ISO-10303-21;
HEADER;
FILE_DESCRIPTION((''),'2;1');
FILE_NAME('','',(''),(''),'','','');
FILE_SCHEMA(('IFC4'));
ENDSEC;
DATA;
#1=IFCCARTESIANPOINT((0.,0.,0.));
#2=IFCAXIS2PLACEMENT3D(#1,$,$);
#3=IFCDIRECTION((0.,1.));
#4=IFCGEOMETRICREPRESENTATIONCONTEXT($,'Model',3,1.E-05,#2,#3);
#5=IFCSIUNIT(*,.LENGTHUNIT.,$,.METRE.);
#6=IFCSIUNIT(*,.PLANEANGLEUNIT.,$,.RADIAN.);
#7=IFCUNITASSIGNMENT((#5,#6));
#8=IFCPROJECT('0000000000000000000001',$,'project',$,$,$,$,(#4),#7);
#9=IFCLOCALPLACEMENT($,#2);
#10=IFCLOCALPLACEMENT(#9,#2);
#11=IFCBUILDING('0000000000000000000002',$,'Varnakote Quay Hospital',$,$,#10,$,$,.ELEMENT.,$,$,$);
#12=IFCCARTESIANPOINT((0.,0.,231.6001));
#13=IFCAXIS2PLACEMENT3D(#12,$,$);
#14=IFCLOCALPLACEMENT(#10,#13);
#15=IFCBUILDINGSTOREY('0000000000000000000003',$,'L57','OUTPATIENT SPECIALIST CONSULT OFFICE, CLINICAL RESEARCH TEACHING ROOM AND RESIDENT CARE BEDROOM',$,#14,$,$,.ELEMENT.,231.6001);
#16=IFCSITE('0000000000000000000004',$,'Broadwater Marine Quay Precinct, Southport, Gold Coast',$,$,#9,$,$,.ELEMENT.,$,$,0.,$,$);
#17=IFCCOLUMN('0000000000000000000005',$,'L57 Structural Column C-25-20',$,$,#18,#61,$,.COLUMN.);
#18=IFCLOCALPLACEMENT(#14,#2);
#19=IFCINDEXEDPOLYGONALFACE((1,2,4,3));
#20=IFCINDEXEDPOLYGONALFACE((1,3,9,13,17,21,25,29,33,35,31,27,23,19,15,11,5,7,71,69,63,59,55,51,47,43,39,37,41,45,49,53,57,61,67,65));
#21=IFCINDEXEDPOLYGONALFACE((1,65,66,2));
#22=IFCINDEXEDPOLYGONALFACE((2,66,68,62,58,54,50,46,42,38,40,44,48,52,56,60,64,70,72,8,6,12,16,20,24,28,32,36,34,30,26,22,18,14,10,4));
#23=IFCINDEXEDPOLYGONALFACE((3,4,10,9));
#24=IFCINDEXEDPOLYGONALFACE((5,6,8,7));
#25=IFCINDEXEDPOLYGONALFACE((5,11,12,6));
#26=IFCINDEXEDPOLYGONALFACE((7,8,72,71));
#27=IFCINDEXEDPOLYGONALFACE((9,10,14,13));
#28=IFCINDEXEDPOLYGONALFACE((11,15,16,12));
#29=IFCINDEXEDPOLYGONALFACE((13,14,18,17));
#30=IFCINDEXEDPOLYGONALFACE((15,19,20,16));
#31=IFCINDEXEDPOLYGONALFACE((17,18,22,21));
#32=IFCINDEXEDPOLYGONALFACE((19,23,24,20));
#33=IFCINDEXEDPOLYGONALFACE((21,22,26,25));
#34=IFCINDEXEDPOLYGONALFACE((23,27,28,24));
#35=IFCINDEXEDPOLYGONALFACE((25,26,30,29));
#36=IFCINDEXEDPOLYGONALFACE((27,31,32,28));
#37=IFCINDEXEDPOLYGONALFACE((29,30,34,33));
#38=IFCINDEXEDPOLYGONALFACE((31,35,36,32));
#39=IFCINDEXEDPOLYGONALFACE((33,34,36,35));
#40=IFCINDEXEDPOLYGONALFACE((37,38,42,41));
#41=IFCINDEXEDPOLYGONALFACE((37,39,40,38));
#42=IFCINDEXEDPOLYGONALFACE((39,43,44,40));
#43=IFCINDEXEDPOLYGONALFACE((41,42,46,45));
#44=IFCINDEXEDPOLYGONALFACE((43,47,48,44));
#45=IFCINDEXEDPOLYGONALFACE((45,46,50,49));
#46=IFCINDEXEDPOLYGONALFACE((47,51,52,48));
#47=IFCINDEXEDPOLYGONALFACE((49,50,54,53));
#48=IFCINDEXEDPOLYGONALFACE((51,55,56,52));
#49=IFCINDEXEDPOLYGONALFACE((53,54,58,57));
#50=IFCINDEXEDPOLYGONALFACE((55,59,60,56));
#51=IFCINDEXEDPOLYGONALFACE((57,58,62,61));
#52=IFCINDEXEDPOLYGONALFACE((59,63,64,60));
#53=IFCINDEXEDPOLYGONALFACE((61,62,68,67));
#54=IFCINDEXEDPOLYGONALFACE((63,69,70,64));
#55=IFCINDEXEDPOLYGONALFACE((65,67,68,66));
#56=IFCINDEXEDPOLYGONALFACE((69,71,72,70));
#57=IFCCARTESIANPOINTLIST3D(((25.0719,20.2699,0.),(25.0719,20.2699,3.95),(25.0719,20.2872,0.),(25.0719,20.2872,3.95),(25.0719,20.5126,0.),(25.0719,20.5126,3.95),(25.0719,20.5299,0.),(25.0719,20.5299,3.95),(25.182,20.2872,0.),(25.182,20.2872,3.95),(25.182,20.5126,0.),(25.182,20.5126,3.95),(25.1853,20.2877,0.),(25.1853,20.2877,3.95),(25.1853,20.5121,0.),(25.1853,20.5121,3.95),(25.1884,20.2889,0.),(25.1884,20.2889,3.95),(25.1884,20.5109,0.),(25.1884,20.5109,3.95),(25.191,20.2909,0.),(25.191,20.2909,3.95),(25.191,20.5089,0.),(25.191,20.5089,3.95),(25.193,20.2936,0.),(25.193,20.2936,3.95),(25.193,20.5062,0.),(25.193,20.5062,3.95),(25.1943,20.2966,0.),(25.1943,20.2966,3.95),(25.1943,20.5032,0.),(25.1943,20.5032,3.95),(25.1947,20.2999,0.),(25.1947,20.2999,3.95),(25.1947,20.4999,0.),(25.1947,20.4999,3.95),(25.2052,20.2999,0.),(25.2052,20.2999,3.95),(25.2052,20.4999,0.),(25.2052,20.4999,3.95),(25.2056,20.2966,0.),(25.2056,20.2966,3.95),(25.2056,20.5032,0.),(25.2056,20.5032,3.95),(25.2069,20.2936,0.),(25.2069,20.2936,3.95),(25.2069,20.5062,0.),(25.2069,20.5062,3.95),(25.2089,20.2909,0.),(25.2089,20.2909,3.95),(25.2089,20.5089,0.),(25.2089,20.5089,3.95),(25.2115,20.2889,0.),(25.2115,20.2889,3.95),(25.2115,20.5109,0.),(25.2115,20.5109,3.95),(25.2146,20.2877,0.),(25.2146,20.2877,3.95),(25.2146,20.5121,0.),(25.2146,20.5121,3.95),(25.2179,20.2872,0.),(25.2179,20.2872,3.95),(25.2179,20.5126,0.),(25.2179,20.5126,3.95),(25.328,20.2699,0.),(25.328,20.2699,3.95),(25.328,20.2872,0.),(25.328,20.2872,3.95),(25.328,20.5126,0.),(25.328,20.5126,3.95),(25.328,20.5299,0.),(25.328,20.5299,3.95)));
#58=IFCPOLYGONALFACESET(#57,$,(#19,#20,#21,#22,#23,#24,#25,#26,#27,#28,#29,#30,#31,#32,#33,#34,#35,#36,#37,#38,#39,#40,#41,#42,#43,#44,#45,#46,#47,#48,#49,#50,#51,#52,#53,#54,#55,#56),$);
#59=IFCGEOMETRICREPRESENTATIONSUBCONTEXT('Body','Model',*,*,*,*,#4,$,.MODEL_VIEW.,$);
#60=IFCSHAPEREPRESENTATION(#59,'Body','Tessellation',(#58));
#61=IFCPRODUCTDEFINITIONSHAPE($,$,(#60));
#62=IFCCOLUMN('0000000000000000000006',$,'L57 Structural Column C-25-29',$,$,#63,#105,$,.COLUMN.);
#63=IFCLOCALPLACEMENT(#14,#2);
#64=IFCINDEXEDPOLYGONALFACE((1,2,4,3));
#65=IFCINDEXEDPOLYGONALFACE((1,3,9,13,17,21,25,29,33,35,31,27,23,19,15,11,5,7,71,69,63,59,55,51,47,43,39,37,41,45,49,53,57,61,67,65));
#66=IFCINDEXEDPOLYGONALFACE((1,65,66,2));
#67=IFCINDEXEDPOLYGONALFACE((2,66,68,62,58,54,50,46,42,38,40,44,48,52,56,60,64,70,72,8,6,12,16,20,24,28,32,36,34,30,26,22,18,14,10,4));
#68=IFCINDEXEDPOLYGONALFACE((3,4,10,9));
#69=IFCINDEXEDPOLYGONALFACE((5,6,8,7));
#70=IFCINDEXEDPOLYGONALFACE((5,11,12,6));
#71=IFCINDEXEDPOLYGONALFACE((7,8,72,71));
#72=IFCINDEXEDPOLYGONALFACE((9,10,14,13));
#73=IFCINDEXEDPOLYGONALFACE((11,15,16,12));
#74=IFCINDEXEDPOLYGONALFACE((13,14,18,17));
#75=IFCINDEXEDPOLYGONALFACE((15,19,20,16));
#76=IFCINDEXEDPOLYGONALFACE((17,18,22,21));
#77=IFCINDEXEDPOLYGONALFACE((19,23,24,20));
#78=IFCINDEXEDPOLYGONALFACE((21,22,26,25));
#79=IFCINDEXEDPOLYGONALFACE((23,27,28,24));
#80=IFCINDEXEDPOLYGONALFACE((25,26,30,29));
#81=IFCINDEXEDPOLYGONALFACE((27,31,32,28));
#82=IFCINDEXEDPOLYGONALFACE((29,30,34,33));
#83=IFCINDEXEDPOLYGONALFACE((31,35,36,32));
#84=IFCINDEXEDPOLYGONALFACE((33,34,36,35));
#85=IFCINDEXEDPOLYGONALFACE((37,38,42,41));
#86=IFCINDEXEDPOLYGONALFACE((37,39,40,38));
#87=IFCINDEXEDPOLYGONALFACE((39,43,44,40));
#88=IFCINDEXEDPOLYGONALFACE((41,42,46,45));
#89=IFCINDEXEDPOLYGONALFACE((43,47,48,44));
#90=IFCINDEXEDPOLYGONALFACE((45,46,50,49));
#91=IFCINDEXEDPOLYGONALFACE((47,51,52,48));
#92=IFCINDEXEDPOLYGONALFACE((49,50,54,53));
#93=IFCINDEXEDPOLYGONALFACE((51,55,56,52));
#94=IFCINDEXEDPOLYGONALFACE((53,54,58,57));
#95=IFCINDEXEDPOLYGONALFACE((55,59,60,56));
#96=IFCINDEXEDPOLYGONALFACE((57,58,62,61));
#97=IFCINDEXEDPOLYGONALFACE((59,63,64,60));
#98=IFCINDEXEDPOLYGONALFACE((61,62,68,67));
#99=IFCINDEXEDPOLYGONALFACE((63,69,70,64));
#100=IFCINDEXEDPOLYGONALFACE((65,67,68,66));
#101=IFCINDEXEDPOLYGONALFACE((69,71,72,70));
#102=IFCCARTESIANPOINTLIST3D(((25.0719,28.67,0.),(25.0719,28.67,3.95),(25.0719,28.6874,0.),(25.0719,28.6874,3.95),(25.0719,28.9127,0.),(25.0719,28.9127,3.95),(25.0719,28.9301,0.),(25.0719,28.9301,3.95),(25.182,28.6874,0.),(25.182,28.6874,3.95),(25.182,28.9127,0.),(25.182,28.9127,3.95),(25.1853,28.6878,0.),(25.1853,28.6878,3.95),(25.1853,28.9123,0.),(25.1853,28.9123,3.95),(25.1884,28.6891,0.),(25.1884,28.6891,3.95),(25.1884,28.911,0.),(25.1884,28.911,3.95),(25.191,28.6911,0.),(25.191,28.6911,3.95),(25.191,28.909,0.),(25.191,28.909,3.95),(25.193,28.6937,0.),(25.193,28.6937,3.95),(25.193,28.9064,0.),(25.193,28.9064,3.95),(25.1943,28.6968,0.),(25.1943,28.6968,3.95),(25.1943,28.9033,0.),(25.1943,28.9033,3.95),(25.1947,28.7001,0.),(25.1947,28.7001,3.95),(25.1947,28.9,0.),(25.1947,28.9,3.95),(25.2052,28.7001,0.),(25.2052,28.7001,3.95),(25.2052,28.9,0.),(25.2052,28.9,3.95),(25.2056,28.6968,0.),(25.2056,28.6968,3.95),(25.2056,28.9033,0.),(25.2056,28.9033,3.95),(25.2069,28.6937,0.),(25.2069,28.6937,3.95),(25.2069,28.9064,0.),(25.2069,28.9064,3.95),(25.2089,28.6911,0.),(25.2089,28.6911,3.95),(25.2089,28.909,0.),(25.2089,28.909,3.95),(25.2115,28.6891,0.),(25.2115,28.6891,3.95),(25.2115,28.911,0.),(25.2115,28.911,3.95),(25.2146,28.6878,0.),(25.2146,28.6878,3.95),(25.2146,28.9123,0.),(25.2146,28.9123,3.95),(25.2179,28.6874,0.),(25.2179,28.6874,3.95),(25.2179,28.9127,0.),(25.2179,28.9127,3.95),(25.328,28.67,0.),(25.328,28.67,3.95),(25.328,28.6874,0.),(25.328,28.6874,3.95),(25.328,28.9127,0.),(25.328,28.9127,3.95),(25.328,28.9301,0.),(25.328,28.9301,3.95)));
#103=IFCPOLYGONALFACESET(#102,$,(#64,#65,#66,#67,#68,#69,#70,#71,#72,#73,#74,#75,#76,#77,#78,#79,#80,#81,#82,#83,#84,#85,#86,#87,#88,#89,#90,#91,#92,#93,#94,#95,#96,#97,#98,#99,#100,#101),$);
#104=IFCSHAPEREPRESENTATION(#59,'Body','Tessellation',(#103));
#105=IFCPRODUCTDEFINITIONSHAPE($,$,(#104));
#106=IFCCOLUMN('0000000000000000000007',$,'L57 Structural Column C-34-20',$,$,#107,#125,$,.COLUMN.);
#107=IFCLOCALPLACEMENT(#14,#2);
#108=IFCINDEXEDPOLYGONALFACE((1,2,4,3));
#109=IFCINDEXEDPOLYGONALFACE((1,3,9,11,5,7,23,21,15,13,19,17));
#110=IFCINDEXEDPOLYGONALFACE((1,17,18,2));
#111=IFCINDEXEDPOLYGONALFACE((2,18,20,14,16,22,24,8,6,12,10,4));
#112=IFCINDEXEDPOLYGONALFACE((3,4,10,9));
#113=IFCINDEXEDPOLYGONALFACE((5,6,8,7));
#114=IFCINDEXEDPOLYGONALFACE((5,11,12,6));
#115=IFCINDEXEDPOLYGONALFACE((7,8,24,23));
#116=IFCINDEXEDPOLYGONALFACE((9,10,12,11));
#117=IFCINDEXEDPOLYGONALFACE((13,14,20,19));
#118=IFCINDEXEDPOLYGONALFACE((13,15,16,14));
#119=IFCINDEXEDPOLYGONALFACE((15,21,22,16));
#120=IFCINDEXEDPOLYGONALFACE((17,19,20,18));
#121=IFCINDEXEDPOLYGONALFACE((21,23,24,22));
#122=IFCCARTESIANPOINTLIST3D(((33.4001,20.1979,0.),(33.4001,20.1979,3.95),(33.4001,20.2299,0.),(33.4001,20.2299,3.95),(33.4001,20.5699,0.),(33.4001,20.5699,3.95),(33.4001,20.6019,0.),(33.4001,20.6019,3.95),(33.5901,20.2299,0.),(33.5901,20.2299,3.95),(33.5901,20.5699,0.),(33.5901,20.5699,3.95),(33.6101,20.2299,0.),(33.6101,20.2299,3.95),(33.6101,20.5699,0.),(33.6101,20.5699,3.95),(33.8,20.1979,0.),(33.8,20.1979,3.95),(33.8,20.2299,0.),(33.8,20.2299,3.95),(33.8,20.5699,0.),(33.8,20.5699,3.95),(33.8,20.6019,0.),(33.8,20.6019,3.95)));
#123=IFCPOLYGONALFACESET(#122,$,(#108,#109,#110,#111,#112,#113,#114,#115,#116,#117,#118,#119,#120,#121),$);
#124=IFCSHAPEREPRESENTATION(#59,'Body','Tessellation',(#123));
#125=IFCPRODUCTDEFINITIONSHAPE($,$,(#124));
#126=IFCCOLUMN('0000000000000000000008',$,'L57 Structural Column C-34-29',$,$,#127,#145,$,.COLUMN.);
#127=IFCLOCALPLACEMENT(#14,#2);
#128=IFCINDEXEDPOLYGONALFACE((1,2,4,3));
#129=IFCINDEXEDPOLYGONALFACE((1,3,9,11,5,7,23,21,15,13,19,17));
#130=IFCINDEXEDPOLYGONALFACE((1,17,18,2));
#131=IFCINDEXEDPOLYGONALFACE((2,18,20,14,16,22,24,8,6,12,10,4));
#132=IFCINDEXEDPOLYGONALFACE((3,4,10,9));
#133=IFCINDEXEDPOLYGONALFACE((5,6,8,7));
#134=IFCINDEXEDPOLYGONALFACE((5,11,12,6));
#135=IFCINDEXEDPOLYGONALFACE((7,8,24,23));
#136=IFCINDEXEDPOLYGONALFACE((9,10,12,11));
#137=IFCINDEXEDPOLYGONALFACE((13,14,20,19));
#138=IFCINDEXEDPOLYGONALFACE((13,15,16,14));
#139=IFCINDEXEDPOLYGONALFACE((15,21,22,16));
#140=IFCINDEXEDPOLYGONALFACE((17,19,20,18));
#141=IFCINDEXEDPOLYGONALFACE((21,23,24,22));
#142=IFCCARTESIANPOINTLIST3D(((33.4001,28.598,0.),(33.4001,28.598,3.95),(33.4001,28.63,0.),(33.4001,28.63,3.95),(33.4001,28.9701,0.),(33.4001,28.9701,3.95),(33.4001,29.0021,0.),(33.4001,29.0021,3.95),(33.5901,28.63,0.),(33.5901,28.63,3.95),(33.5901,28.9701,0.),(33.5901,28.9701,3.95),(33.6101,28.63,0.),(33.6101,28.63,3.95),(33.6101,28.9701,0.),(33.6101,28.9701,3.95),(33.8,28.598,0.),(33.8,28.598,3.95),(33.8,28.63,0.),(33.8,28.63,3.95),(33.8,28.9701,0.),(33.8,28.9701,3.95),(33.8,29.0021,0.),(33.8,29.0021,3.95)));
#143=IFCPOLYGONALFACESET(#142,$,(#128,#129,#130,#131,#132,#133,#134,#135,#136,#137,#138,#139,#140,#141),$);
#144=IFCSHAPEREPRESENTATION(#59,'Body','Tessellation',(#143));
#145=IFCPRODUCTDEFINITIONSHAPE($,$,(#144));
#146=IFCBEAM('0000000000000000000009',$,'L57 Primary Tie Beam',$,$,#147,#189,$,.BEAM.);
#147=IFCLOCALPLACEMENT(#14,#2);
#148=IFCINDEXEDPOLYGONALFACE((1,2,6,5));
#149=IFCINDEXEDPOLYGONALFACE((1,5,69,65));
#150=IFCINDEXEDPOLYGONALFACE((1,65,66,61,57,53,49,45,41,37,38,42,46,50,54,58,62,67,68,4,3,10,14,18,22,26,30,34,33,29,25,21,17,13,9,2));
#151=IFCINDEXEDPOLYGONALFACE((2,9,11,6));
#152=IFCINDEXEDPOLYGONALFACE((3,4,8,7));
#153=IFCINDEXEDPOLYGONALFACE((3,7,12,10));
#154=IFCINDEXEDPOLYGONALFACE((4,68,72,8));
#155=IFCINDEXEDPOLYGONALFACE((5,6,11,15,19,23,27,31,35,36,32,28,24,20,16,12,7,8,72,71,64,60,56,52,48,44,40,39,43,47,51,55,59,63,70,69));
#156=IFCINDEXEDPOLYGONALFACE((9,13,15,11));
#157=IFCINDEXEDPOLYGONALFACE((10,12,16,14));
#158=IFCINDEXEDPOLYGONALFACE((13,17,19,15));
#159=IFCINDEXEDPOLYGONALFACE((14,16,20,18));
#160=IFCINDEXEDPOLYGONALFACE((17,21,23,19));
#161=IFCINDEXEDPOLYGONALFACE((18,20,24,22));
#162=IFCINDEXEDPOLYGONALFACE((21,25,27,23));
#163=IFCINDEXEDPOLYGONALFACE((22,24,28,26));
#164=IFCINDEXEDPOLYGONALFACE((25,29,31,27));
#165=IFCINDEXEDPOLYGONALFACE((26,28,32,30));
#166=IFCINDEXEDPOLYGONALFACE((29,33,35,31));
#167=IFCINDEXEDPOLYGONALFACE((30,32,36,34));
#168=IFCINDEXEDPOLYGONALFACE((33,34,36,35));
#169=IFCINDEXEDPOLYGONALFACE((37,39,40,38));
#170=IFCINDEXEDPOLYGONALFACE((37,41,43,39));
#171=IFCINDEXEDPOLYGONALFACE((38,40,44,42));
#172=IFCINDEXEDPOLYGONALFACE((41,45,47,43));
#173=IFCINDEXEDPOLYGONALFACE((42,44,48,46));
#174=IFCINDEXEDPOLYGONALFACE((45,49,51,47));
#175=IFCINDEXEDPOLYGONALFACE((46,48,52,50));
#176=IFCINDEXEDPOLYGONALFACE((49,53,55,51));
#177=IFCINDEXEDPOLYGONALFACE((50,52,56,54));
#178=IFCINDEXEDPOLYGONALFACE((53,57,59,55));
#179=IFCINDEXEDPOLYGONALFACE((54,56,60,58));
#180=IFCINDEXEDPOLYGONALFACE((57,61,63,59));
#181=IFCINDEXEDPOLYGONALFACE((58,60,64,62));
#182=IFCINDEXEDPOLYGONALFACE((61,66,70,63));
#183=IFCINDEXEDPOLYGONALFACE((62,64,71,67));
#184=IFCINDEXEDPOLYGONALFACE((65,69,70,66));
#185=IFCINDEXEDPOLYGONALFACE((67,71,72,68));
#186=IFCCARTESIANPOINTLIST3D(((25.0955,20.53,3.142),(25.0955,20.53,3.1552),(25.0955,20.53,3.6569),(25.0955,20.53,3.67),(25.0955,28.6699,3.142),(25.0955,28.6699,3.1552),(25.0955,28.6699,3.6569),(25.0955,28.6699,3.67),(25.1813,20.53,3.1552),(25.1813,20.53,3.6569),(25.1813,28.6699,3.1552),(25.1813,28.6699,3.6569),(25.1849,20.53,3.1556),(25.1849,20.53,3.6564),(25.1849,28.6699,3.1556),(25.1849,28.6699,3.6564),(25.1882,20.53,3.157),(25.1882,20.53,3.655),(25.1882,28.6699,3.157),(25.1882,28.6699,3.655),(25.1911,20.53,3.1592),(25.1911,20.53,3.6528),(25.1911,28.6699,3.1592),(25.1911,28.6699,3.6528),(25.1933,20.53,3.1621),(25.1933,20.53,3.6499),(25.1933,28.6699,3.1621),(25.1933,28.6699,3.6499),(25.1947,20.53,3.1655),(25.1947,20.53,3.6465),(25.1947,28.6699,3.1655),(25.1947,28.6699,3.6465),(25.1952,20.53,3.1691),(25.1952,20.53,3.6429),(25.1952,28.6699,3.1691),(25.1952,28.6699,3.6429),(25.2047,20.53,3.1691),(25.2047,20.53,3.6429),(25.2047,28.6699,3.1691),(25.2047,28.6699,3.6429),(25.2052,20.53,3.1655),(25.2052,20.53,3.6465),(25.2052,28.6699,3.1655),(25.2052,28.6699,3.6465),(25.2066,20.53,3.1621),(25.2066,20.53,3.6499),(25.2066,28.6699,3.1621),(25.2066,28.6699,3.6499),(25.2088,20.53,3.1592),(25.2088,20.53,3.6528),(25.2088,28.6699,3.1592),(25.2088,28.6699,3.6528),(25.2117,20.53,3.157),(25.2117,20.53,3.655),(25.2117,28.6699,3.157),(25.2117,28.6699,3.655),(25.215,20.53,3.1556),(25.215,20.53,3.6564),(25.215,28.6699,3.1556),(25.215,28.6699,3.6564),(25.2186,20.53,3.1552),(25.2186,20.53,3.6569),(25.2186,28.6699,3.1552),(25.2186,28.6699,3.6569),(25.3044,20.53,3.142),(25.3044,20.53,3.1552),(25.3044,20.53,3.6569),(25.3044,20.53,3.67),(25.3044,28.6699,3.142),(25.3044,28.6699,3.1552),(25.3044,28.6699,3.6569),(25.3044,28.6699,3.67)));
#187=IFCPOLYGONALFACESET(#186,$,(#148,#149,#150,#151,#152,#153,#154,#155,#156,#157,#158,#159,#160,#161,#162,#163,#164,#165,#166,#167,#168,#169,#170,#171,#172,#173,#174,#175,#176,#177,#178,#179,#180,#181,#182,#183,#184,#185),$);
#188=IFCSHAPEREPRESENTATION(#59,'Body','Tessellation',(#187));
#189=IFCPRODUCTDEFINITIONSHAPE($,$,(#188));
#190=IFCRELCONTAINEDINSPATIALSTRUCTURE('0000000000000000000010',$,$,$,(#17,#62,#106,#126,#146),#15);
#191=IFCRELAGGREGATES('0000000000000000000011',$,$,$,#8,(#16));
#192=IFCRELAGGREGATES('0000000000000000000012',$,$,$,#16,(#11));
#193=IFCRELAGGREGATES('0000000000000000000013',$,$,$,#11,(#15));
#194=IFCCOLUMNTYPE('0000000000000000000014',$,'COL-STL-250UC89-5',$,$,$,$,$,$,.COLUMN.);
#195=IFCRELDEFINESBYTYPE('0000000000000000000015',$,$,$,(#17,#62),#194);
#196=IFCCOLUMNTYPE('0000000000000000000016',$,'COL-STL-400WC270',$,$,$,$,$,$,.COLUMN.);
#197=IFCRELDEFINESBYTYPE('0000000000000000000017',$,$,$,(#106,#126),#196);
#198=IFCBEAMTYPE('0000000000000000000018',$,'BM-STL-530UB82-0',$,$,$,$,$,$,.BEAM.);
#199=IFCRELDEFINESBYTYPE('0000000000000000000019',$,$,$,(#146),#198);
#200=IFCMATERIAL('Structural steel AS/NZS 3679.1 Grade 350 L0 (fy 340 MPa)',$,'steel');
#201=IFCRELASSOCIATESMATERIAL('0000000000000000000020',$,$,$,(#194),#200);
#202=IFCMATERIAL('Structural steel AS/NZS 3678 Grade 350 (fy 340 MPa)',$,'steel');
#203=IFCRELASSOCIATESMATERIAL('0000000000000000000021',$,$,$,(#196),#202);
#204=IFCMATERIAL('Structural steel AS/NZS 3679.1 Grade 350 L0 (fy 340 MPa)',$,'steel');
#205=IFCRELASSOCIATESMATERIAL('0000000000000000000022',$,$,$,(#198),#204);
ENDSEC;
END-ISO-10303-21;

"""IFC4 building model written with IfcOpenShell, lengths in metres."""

from ifc_helpers import new_model, si_unit, direction, frame, origin, origin_2d, place, context, subcontext, project, spatial, i_section, extrude, material, material_profile, profile_set, type_object, element, save


model = new_model("IFC4")

# Units and contexts
model_context = context("Model", 3, precision=1e-05, world=origin(), true_north=direction((0.0, 1.0)))
body_context = subcontext(model_context, "Body", "Model", "MODEL_VIEW")
ifc_project = project(units=[si_unit("LENGTHUNIT", "METRE"), si_unit("PLANEANGLEUNIT", "RADIAN")], contexts=[model_context])

# Site, building, storey
site_placement = place(None, origin())
site = spatial("IfcSite", under=ifc_project, at=site_placement, Name="Broadwater Marine Quay Precinct, Southport, Gold Coast", CompositionType="ELEMENT", RefElevation=0.0)
building_placement = place(site_placement, origin())
building = spatial("IfcBuilding", under=site, at=building_placement, Name="Varnakote Quay Hospital", CompositionType="ELEMENT")
storey_placement = place(building_placement, frame((0.0, 0.0, 231.6001)))
storey = spatial("IfcBuildingStorey", under=building, at=storey_placement, Name="L57", Description="OUTPATIENT SPECIALIST CONSULT OFFICE, CLINICAL RESEARCH TEACHING ROOM AND RESIDENT CARE BEDROOM", CompositionType="ELEMENT", Elevation=231.6001)

# Columns
ifc_material_1 = material(Name="Structural steel AS/NZS 3679.1 Grade 350 L0 (fy 340 MPa)", Category="steel")
ifc_material_profile_1 = material_profile(ifc_material_1, i_section(OverallWidth=0.2561, OverallDepth=0.26, WebThickness=0.0105, FlangeThickness=0.0173, FilletRadius=0.0127, at=origin_2d()), Name="250UC89.5")
ifc_profile_set_1 = profile_set([ifc_material_profile_1], Name="Structural steel AS/NZS 3679.1 Grade 350 L0 (fy 340 MPa)")
column_type_1 = type_object("IfcColumnType", Name="COL-STL-250UC89-5", PredefinedType="COLUMN", material=ifc_profile_set_1)
for number, where, z_axis, x_axis, name in (
    (1, (25.2, 20.3999, 0.0), (0.0, 0.0, 1.0), (1.0, 0.0, 0.0), "L57 Structural Column C-25-20"),
    (2, (25.2, 28.8, 0.0), (0.0, 0.0, 1.0), (1.0, 0.0, 0.0), "L57 Structural Column C-25-29"),
):
    element("IfcColumn", number, at=place(storey_placement, frame(where, z_axis=z_axis, x_axis=x_axis)), inside=storey, type_object=column_type_1, Name=name, PredefinedType="COLUMN", context=body_context, shape_type="SweptSolid", body=[
        extrude(i_section(OverallWidth=0.2561, OverallDepth=0.26, WebThickness=0.0105, FlangeThickness=0.0173, FilletRadius=0.0127, at=origin_2d()), origin(), (0.0, 0.0, 1.0), 3.95),
    ])
ifc_material_2 = material(Name="Structural steel AS/NZS 3678 Grade 350 (fy 340 MPa)", Category="steel")
ifc_material_profile_2 = material_profile(ifc_material_2, i_section(OverallWidth=0.3999, OverallDepth=0.4041, WebThickness=0.02, FlangeThickness=0.032, at=origin_2d()), Name="400WC270")
ifc_profile_set_2 = profile_set([ifc_material_profile_2], Name="Structural steel AS/NZS 3678 Grade 350 (fy 340 MPa)")
column_type_2 = type_object("IfcColumnType", Name="COL-STL-400WC270", PredefinedType="COLUMN", material=ifc_profile_set_2)
for number, where, z_axis, x_axis, name in (
    (3, (33.6001, 20.3999, 0.0), (0.0, 0.0, 1.0), (1.0, 0.0, 0.0), "L57 Structural Column C-34-20"),
    (4, (33.6001, 28.8, 0.0), (0.0, 0.0, 1.0), (1.0, 0.0, 0.0), "L57 Structural Column C-34-29"),
):
    element("IfcColumn", number, at=place(storey_placement, frame(where, z_axis=z_axis, x_axis=x_axis)), inside=storey, type_object=column_type_2, Name=name, PredefinedType="COLUMN", context=body_context, shape_type="SweptSolid", body=[
        extrude(i_section(OverallWidth=0.3999, OverallDepth=0.4041, WebThickness=0.02, FlangeThickness=0.032, at=origin_2d()), origin(), (0.0, 0.0, 1.0), 3.95),
    ])

# Beam
ifc_material_3 = material(Name="Structural steel AS/NZS 3679.1 Grade 350 L0 (fy 340 MPa)", Category="steel")
ifc_material_profile_3 = material_profile(ifc_material_3, i_section(OverallWidth=0.209, OverallDepth=0.5281, WebThickness=0.0095, FlangeThickness=0.0132, FilletRadius=0.0139, at=origin_2d()), Name="530UB82.0")
ifc_profile_set_3 = profile_set([ifc_material_profile_3], Name="Structural steel AS/NZS 3679.1 Grade 350 L0 (fy 340 MPa)")
beam_type_1 = type_object("IfcBeamType", Name="BM-STL-530UB82-0", PredefinedType="BEAM", material=ifc_profile_set_3)
beam_1_placement = place(storey_placement, frame((25.2, 20.53, 3.406), z_axis=(0.0, 1.0, 0.0), x_axis=(-1.0, 0.0, 0.0)))
element("IfcBeam", 5, at=beam_1_placement, inside=storey, type_object=beam_type_1, Name="L57 Primary Tie Beam", PredefinedType="BEAM", context=body_context, shape_type="SweptSolid", body=[
    extrude(i_section(OverallWidth=0.209, OverallDepth=0.5281, WebThickness=0.0095, FlangeThickness=0.0132, FilletRadius=0.0139, at=origin_2d()), origin(), (0.0, 0.0, 1.0), 8.1399),
])

save(model, "model.ifc")
